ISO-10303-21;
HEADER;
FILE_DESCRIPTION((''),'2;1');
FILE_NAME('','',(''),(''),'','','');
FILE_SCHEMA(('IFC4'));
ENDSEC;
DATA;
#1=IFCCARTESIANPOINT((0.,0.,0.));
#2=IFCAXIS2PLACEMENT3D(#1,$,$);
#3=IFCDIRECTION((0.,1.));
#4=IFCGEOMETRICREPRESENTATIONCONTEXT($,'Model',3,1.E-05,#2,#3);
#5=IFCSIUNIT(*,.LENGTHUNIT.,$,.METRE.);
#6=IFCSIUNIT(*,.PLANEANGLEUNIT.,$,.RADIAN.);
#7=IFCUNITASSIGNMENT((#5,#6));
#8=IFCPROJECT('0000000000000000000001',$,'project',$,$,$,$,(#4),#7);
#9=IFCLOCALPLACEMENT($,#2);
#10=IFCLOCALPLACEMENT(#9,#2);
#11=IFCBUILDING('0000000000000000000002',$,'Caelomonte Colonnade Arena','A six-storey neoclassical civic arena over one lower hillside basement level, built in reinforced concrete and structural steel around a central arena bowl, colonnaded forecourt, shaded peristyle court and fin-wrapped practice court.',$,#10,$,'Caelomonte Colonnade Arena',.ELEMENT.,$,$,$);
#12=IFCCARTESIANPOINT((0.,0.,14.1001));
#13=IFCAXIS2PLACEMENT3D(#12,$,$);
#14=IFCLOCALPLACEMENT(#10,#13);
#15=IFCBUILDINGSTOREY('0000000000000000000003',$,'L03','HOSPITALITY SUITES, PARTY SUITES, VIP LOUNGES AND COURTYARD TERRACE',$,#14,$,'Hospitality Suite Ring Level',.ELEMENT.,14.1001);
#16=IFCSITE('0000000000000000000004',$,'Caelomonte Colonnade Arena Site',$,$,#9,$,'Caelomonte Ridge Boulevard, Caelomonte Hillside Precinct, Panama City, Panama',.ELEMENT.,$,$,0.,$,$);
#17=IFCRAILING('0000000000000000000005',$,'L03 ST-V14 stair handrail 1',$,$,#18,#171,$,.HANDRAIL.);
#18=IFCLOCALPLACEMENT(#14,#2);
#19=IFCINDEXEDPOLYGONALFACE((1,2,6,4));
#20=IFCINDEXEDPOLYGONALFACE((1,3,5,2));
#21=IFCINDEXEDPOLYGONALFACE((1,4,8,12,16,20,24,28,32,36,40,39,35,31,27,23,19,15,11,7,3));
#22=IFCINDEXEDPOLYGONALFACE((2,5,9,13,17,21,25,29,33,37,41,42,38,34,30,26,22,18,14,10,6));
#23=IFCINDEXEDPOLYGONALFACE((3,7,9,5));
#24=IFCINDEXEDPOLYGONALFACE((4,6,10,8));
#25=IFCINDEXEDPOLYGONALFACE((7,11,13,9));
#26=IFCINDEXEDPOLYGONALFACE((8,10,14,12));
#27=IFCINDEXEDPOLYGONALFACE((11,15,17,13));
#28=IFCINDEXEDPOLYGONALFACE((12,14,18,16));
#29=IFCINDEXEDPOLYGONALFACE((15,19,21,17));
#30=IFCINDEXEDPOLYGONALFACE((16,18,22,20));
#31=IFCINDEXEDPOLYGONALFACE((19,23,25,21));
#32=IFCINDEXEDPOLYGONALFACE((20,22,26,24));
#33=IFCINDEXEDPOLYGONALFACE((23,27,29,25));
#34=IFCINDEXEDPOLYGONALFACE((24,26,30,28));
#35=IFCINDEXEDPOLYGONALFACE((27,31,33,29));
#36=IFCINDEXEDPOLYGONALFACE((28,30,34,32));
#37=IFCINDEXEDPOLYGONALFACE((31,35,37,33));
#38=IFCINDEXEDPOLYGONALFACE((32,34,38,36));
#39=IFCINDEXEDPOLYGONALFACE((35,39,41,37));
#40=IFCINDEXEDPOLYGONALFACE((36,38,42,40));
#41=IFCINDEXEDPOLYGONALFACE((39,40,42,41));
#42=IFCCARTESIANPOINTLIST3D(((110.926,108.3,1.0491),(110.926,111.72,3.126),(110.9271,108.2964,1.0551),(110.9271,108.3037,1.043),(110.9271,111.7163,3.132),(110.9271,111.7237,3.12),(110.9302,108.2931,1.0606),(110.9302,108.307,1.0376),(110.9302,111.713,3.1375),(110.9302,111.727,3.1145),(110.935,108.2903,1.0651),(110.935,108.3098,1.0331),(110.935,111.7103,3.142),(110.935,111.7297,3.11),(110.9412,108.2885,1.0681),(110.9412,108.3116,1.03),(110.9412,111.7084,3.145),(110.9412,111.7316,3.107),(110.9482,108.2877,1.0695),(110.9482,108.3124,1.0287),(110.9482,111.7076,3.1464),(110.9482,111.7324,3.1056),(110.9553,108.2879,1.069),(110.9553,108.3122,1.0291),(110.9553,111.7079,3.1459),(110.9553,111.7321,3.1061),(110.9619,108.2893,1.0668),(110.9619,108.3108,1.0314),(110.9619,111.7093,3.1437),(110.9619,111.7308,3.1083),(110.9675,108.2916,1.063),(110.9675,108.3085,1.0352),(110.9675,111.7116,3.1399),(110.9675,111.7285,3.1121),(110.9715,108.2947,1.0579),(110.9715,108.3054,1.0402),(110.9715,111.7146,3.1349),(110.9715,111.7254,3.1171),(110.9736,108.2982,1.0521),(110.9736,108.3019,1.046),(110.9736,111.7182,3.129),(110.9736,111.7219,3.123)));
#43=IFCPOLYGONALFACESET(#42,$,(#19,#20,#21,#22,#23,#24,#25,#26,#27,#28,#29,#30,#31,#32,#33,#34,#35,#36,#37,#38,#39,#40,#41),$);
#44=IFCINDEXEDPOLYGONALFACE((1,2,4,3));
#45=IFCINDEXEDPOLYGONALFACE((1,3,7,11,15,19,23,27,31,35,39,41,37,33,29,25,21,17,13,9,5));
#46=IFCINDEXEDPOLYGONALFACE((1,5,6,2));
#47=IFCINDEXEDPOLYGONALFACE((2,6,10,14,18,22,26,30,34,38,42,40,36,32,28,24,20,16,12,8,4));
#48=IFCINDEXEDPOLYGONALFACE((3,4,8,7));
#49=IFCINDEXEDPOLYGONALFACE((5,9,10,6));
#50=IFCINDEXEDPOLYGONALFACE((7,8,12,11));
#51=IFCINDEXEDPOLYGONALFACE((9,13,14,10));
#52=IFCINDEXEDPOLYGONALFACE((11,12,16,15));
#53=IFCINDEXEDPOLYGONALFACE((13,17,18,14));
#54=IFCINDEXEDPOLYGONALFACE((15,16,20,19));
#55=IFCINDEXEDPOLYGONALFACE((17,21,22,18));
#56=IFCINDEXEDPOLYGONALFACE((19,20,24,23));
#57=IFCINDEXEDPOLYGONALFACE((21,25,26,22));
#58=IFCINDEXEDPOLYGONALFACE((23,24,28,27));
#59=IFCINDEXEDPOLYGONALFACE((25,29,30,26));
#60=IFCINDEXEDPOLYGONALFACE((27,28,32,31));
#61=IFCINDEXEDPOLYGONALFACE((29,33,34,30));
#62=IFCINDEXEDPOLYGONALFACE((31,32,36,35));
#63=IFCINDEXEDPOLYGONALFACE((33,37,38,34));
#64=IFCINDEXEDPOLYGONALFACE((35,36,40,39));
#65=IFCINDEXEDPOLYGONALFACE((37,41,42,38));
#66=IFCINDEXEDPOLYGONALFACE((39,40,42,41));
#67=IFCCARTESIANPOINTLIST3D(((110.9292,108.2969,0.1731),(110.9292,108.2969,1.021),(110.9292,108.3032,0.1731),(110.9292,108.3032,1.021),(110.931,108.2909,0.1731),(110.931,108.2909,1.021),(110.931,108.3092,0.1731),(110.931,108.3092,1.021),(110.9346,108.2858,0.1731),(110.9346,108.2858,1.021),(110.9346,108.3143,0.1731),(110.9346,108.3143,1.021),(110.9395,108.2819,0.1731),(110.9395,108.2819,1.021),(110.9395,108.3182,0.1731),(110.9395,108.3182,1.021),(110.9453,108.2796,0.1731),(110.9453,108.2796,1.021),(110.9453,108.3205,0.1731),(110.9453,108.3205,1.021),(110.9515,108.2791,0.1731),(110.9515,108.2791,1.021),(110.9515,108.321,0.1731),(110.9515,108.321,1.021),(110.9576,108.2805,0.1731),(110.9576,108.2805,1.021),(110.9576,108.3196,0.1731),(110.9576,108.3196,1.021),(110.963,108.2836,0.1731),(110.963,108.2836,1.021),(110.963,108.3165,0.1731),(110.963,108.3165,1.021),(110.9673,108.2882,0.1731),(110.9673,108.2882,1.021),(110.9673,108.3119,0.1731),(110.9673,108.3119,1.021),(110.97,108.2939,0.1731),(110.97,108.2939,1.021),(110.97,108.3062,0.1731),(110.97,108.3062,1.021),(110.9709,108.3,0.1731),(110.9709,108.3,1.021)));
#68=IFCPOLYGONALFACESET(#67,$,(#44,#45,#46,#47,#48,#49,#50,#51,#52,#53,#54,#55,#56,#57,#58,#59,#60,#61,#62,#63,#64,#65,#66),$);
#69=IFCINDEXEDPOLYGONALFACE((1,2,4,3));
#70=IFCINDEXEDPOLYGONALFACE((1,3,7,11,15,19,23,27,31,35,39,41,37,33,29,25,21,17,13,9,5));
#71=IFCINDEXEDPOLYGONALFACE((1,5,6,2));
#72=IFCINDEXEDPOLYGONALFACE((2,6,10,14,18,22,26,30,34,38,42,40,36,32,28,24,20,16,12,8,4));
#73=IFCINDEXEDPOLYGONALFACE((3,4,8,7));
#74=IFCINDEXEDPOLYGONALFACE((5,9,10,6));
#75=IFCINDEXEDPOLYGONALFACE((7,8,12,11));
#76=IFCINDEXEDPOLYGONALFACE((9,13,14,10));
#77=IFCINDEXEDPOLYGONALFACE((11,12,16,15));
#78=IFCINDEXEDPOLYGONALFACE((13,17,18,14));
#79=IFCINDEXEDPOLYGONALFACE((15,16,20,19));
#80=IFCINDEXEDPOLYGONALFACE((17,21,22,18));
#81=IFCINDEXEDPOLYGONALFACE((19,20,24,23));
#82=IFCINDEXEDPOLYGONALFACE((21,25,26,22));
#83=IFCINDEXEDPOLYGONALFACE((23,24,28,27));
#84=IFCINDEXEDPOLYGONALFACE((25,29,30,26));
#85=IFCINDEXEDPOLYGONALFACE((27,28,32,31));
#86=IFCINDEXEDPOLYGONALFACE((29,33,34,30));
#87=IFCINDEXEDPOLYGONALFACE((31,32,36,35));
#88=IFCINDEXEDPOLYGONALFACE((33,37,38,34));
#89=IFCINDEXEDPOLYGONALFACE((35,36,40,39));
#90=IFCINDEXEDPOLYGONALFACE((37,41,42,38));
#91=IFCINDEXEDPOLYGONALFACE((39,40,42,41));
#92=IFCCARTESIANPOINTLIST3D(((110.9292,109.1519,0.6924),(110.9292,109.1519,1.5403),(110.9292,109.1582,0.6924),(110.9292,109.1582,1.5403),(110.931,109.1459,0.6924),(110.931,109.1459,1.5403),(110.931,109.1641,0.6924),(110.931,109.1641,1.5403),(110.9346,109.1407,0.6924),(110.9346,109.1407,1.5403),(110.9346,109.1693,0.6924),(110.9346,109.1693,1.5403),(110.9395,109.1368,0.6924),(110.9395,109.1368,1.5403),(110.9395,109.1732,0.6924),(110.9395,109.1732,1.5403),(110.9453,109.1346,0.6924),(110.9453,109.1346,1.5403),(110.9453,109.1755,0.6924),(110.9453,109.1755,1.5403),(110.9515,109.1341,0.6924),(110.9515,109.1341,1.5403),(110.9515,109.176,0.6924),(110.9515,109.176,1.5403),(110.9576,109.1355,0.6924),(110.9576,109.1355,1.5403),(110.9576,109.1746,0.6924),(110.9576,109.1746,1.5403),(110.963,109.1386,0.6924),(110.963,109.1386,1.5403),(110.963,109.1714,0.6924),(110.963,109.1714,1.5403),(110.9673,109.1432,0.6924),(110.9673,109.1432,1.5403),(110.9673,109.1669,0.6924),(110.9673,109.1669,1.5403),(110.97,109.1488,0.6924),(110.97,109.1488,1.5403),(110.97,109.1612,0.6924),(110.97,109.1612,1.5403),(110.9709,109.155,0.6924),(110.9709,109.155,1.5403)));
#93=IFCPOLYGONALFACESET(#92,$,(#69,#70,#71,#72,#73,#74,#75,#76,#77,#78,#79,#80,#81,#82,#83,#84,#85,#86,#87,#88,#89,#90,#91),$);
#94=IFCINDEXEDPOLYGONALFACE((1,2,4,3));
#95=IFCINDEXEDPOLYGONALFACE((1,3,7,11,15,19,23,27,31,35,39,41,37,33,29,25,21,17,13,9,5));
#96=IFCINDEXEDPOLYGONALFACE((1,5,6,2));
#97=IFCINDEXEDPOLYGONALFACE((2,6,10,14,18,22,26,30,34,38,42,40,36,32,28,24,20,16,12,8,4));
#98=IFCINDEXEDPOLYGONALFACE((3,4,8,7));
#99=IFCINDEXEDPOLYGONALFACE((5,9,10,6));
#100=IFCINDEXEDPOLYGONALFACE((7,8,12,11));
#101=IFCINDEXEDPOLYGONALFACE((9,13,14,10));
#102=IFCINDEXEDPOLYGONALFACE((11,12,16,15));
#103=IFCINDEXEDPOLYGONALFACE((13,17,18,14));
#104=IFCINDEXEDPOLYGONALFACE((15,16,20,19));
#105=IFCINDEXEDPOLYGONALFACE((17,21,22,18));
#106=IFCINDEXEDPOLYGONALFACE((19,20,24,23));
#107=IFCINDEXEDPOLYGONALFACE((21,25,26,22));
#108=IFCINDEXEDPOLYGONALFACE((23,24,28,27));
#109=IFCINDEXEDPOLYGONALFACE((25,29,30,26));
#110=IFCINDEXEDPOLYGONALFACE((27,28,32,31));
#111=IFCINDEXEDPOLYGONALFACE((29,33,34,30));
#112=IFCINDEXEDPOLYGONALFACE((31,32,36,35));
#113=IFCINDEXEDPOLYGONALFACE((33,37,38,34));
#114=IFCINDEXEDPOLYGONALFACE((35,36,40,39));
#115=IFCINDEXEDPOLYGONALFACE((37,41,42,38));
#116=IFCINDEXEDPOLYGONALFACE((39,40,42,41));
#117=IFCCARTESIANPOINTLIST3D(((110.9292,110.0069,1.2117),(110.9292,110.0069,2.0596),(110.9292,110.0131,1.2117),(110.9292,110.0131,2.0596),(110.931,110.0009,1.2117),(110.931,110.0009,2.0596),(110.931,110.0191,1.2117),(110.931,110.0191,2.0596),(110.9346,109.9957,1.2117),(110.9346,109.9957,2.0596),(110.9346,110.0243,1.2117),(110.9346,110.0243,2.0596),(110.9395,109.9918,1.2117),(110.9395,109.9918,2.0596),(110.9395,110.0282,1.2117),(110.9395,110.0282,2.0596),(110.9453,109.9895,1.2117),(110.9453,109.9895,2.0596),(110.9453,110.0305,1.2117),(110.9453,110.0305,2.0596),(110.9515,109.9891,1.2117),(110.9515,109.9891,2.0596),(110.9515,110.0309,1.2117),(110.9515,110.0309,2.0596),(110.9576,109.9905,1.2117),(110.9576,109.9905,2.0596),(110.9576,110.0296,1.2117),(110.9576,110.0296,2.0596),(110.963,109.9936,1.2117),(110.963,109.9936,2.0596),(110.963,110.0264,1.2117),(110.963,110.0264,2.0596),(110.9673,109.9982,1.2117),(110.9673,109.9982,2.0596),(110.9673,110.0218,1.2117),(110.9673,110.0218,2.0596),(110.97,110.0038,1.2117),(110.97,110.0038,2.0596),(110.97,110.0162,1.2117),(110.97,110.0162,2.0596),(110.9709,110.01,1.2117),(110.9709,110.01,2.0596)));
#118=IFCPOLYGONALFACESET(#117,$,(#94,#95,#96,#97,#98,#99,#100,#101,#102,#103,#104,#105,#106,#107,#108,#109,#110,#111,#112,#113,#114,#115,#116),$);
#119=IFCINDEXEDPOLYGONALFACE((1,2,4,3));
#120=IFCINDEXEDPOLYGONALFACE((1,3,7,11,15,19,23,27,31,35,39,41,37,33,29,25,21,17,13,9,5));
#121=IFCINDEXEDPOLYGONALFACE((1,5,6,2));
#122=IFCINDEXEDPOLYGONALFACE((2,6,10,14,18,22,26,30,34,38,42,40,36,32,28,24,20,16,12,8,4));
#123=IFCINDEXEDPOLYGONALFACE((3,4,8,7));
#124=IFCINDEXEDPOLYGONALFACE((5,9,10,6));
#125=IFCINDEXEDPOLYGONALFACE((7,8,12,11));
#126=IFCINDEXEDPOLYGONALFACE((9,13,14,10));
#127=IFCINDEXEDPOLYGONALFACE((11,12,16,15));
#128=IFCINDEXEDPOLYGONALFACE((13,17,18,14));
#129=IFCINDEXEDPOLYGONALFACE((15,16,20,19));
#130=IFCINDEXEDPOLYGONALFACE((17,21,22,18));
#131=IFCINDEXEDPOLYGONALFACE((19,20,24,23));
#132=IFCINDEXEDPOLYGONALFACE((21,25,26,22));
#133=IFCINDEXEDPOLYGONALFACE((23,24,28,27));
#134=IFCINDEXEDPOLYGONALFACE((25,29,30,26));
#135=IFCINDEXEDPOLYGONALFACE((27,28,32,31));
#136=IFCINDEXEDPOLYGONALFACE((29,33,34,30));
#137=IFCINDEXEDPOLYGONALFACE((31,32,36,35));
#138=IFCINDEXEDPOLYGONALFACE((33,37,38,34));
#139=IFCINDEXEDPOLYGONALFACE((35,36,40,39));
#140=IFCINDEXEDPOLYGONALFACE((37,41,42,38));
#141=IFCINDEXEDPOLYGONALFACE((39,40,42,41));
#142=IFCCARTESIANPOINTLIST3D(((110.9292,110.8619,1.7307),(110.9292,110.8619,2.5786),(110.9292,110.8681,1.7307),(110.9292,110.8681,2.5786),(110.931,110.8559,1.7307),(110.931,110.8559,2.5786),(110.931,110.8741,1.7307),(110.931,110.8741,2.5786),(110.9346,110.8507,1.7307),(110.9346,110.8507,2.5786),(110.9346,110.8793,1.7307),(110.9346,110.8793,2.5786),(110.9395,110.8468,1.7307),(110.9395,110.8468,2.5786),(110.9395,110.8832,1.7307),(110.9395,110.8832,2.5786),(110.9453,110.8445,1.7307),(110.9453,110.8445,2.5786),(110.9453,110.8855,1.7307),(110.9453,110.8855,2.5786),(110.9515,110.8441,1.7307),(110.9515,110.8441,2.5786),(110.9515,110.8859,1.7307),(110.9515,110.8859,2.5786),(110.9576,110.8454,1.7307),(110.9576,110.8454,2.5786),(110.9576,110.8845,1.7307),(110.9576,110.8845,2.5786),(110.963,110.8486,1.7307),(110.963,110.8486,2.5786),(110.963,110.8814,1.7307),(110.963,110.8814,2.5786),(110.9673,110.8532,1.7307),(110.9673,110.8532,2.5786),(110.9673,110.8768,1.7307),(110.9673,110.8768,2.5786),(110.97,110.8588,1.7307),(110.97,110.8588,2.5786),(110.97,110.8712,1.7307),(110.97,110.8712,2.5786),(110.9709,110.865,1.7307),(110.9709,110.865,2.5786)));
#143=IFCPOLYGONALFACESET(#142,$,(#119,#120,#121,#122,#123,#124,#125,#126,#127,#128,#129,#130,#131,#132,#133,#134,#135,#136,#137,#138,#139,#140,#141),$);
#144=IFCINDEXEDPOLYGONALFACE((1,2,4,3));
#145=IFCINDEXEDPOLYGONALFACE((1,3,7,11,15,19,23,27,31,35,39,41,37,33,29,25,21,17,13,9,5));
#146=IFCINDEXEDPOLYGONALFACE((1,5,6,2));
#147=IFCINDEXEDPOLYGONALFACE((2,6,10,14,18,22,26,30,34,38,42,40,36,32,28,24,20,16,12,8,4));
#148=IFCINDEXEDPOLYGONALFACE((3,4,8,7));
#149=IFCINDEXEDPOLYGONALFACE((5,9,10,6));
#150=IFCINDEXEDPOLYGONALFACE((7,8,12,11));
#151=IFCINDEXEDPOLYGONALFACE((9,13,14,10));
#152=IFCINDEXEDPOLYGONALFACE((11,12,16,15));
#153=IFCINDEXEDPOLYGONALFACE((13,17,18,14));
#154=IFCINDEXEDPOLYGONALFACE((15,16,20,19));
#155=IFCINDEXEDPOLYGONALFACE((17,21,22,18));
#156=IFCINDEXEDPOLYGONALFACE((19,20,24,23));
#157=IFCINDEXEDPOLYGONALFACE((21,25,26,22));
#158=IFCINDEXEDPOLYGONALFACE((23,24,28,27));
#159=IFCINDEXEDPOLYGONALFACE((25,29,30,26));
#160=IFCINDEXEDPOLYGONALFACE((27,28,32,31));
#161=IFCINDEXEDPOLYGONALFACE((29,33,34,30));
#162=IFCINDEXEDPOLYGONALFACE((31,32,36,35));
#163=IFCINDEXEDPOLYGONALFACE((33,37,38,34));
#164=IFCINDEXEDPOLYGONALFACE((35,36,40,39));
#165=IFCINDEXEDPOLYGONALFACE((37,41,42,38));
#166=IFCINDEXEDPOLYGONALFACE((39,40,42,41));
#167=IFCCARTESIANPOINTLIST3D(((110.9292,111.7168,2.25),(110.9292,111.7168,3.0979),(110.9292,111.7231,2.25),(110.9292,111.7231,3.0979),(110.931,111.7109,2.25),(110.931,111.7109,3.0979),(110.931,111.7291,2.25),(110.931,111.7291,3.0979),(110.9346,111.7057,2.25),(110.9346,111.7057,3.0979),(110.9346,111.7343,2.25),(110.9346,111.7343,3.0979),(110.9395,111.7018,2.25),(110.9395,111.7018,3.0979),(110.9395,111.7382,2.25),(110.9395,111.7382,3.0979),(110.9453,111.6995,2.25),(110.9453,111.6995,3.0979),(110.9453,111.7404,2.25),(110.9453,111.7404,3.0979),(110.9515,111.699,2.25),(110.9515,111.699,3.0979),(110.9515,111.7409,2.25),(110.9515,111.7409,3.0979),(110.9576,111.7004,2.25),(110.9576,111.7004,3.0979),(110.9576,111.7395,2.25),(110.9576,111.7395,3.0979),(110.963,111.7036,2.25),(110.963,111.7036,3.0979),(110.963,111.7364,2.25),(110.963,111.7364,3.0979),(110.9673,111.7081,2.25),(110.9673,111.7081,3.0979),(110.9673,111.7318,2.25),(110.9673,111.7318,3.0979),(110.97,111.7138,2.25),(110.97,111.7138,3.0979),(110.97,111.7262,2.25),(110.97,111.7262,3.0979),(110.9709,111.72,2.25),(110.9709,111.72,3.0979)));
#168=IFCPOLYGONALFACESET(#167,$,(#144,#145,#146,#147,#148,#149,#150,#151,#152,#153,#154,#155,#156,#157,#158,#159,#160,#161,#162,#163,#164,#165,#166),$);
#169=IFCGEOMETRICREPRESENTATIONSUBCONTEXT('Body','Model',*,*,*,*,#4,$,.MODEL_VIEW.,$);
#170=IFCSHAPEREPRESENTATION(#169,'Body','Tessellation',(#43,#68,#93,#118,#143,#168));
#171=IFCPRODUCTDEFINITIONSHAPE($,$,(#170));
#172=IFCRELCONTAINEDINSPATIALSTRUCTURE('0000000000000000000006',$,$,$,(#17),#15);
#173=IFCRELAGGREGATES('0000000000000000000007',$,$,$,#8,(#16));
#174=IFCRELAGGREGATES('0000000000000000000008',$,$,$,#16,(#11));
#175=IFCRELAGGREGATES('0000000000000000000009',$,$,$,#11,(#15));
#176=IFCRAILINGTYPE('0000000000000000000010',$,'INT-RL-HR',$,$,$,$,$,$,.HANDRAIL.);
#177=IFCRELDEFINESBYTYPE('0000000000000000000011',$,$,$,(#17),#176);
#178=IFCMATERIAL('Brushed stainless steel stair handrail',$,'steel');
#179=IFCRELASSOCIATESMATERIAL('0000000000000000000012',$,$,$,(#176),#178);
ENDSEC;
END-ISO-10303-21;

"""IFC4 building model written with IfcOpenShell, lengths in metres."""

from ifc_helpers import new_model, si_unit, direction, frame, origin, origin_2d, place, context, subcontext, project, spatial, circle, extrude, material, type_object, element, save


model = new_model("IFC4")

# Units and contexts
model_context = context("Model", 3, precision=1e-05, world=origin(), true_north=direction((0.0, 1.0)))
body_context = subcontext(model_context, "Body", "Model", "MODEL_VIEW")
ifc_project = project(units=[si_unit("LENGTHUNIT", "METRE"), si_unit("PLANEANGLEUNIT", "RADIAN")], contexts=[model_context])

# Site, building, storey
site_placement = place(None, origin())
site = spatial("IfcSite", under=ifc_project, at=site_placement, Name="Caelomonte Colonnade Arena Site", LongName="Caelomonte Ridge Boulevard, Caelomonte Hillside Precinct, Panama City, Panama", CompositionType="ELEMENT", RefElevation=0.0)
building_placement = place(site_placement, origin())
building = spatial("IfcBuilding", under=site, at=building_placement, Name="Caelomonte Colonnade Arena", Description="A six-storey neoclassical civic arena over one lower hillside basement level, built in reinforced concrete and structural steel around a central arena bowl, colonnaded forecourt, shaded peristyle court and fin-wrapped practice court.", LongName="Caelomonte Colonnade Arena", CompositionType="ELEMENT")
storey_placement = place(building_placement, frame((0.0, 0.0, 14.1001)))
storey = spatial("IfcBuildingStorey", under=building, at=storey_placement, Name="L03", Description="HOSPITALITY SUITES, PARTY SUITES, VIP LOUNGES AND COURTYARD TERRACE", LongName="Hospitality Suite Ring Level", CompositionType="ELEMENT", Elevation=14.1001)

# Railing
ifc_material_1 = material(Name="Brushed stainless steel stair handrail", Category="steel")
railing_type_1 = type_object("IfcRailingType", Name="INT-RL-HR", PredefinedType="HANDRAIL", material=ifc_material_1)
railing_1_placement = place(storey_placement, frame((110.95, 108.3, 0.1731)))
element("IfcRailing", 1, at=railing_1_placement, inside=storey, type_object=railing_type_1, Name="L03 ST-V14 stair handrail 1", PredefinedType="HANDRAIL", context=body_context, shape_type="SweptSolid", body=[
    extrude(circle(Radius=0.0239, at=origin_2d()), frame((0.0, 0.0, 0.876), z_axis=(0.0, 0.85473, 0.519074), x_axis=(-1.0, 0.0, 0.0)), (0.0, 0.0, 1.0), 4.0012),
    extrude(circle(Radius=0.021, at=origin_2d()), origin(), (0.0, 0.0, 1.0), 0.8479),
    extrude(circle(Radius=0.021, at=origin_2d()), frame((0.0, 0.855, 0.5193)), (0.0, 0.0, 1.0), 0.8479),
    extrude(circle(Radius=0.021, at=origin_2d()), frame((0.0, 1.71, 1.0386)), (0.0, 0.0, 1.0), 0.8479),
    extrude(circle(Radius=0.021, at=origin_2d()), frame((0.0, 2.5649, 1.5576)), (0.0, 0.0, 1.0), 0.8479),
    extrude(circle(Radius=0.021, at=origin_2d()), frame((0.0, 3.4199, 2.0769)), (0.0, 0.0, 1.0), 0.8479),
])

save(model, "model.ifc")
